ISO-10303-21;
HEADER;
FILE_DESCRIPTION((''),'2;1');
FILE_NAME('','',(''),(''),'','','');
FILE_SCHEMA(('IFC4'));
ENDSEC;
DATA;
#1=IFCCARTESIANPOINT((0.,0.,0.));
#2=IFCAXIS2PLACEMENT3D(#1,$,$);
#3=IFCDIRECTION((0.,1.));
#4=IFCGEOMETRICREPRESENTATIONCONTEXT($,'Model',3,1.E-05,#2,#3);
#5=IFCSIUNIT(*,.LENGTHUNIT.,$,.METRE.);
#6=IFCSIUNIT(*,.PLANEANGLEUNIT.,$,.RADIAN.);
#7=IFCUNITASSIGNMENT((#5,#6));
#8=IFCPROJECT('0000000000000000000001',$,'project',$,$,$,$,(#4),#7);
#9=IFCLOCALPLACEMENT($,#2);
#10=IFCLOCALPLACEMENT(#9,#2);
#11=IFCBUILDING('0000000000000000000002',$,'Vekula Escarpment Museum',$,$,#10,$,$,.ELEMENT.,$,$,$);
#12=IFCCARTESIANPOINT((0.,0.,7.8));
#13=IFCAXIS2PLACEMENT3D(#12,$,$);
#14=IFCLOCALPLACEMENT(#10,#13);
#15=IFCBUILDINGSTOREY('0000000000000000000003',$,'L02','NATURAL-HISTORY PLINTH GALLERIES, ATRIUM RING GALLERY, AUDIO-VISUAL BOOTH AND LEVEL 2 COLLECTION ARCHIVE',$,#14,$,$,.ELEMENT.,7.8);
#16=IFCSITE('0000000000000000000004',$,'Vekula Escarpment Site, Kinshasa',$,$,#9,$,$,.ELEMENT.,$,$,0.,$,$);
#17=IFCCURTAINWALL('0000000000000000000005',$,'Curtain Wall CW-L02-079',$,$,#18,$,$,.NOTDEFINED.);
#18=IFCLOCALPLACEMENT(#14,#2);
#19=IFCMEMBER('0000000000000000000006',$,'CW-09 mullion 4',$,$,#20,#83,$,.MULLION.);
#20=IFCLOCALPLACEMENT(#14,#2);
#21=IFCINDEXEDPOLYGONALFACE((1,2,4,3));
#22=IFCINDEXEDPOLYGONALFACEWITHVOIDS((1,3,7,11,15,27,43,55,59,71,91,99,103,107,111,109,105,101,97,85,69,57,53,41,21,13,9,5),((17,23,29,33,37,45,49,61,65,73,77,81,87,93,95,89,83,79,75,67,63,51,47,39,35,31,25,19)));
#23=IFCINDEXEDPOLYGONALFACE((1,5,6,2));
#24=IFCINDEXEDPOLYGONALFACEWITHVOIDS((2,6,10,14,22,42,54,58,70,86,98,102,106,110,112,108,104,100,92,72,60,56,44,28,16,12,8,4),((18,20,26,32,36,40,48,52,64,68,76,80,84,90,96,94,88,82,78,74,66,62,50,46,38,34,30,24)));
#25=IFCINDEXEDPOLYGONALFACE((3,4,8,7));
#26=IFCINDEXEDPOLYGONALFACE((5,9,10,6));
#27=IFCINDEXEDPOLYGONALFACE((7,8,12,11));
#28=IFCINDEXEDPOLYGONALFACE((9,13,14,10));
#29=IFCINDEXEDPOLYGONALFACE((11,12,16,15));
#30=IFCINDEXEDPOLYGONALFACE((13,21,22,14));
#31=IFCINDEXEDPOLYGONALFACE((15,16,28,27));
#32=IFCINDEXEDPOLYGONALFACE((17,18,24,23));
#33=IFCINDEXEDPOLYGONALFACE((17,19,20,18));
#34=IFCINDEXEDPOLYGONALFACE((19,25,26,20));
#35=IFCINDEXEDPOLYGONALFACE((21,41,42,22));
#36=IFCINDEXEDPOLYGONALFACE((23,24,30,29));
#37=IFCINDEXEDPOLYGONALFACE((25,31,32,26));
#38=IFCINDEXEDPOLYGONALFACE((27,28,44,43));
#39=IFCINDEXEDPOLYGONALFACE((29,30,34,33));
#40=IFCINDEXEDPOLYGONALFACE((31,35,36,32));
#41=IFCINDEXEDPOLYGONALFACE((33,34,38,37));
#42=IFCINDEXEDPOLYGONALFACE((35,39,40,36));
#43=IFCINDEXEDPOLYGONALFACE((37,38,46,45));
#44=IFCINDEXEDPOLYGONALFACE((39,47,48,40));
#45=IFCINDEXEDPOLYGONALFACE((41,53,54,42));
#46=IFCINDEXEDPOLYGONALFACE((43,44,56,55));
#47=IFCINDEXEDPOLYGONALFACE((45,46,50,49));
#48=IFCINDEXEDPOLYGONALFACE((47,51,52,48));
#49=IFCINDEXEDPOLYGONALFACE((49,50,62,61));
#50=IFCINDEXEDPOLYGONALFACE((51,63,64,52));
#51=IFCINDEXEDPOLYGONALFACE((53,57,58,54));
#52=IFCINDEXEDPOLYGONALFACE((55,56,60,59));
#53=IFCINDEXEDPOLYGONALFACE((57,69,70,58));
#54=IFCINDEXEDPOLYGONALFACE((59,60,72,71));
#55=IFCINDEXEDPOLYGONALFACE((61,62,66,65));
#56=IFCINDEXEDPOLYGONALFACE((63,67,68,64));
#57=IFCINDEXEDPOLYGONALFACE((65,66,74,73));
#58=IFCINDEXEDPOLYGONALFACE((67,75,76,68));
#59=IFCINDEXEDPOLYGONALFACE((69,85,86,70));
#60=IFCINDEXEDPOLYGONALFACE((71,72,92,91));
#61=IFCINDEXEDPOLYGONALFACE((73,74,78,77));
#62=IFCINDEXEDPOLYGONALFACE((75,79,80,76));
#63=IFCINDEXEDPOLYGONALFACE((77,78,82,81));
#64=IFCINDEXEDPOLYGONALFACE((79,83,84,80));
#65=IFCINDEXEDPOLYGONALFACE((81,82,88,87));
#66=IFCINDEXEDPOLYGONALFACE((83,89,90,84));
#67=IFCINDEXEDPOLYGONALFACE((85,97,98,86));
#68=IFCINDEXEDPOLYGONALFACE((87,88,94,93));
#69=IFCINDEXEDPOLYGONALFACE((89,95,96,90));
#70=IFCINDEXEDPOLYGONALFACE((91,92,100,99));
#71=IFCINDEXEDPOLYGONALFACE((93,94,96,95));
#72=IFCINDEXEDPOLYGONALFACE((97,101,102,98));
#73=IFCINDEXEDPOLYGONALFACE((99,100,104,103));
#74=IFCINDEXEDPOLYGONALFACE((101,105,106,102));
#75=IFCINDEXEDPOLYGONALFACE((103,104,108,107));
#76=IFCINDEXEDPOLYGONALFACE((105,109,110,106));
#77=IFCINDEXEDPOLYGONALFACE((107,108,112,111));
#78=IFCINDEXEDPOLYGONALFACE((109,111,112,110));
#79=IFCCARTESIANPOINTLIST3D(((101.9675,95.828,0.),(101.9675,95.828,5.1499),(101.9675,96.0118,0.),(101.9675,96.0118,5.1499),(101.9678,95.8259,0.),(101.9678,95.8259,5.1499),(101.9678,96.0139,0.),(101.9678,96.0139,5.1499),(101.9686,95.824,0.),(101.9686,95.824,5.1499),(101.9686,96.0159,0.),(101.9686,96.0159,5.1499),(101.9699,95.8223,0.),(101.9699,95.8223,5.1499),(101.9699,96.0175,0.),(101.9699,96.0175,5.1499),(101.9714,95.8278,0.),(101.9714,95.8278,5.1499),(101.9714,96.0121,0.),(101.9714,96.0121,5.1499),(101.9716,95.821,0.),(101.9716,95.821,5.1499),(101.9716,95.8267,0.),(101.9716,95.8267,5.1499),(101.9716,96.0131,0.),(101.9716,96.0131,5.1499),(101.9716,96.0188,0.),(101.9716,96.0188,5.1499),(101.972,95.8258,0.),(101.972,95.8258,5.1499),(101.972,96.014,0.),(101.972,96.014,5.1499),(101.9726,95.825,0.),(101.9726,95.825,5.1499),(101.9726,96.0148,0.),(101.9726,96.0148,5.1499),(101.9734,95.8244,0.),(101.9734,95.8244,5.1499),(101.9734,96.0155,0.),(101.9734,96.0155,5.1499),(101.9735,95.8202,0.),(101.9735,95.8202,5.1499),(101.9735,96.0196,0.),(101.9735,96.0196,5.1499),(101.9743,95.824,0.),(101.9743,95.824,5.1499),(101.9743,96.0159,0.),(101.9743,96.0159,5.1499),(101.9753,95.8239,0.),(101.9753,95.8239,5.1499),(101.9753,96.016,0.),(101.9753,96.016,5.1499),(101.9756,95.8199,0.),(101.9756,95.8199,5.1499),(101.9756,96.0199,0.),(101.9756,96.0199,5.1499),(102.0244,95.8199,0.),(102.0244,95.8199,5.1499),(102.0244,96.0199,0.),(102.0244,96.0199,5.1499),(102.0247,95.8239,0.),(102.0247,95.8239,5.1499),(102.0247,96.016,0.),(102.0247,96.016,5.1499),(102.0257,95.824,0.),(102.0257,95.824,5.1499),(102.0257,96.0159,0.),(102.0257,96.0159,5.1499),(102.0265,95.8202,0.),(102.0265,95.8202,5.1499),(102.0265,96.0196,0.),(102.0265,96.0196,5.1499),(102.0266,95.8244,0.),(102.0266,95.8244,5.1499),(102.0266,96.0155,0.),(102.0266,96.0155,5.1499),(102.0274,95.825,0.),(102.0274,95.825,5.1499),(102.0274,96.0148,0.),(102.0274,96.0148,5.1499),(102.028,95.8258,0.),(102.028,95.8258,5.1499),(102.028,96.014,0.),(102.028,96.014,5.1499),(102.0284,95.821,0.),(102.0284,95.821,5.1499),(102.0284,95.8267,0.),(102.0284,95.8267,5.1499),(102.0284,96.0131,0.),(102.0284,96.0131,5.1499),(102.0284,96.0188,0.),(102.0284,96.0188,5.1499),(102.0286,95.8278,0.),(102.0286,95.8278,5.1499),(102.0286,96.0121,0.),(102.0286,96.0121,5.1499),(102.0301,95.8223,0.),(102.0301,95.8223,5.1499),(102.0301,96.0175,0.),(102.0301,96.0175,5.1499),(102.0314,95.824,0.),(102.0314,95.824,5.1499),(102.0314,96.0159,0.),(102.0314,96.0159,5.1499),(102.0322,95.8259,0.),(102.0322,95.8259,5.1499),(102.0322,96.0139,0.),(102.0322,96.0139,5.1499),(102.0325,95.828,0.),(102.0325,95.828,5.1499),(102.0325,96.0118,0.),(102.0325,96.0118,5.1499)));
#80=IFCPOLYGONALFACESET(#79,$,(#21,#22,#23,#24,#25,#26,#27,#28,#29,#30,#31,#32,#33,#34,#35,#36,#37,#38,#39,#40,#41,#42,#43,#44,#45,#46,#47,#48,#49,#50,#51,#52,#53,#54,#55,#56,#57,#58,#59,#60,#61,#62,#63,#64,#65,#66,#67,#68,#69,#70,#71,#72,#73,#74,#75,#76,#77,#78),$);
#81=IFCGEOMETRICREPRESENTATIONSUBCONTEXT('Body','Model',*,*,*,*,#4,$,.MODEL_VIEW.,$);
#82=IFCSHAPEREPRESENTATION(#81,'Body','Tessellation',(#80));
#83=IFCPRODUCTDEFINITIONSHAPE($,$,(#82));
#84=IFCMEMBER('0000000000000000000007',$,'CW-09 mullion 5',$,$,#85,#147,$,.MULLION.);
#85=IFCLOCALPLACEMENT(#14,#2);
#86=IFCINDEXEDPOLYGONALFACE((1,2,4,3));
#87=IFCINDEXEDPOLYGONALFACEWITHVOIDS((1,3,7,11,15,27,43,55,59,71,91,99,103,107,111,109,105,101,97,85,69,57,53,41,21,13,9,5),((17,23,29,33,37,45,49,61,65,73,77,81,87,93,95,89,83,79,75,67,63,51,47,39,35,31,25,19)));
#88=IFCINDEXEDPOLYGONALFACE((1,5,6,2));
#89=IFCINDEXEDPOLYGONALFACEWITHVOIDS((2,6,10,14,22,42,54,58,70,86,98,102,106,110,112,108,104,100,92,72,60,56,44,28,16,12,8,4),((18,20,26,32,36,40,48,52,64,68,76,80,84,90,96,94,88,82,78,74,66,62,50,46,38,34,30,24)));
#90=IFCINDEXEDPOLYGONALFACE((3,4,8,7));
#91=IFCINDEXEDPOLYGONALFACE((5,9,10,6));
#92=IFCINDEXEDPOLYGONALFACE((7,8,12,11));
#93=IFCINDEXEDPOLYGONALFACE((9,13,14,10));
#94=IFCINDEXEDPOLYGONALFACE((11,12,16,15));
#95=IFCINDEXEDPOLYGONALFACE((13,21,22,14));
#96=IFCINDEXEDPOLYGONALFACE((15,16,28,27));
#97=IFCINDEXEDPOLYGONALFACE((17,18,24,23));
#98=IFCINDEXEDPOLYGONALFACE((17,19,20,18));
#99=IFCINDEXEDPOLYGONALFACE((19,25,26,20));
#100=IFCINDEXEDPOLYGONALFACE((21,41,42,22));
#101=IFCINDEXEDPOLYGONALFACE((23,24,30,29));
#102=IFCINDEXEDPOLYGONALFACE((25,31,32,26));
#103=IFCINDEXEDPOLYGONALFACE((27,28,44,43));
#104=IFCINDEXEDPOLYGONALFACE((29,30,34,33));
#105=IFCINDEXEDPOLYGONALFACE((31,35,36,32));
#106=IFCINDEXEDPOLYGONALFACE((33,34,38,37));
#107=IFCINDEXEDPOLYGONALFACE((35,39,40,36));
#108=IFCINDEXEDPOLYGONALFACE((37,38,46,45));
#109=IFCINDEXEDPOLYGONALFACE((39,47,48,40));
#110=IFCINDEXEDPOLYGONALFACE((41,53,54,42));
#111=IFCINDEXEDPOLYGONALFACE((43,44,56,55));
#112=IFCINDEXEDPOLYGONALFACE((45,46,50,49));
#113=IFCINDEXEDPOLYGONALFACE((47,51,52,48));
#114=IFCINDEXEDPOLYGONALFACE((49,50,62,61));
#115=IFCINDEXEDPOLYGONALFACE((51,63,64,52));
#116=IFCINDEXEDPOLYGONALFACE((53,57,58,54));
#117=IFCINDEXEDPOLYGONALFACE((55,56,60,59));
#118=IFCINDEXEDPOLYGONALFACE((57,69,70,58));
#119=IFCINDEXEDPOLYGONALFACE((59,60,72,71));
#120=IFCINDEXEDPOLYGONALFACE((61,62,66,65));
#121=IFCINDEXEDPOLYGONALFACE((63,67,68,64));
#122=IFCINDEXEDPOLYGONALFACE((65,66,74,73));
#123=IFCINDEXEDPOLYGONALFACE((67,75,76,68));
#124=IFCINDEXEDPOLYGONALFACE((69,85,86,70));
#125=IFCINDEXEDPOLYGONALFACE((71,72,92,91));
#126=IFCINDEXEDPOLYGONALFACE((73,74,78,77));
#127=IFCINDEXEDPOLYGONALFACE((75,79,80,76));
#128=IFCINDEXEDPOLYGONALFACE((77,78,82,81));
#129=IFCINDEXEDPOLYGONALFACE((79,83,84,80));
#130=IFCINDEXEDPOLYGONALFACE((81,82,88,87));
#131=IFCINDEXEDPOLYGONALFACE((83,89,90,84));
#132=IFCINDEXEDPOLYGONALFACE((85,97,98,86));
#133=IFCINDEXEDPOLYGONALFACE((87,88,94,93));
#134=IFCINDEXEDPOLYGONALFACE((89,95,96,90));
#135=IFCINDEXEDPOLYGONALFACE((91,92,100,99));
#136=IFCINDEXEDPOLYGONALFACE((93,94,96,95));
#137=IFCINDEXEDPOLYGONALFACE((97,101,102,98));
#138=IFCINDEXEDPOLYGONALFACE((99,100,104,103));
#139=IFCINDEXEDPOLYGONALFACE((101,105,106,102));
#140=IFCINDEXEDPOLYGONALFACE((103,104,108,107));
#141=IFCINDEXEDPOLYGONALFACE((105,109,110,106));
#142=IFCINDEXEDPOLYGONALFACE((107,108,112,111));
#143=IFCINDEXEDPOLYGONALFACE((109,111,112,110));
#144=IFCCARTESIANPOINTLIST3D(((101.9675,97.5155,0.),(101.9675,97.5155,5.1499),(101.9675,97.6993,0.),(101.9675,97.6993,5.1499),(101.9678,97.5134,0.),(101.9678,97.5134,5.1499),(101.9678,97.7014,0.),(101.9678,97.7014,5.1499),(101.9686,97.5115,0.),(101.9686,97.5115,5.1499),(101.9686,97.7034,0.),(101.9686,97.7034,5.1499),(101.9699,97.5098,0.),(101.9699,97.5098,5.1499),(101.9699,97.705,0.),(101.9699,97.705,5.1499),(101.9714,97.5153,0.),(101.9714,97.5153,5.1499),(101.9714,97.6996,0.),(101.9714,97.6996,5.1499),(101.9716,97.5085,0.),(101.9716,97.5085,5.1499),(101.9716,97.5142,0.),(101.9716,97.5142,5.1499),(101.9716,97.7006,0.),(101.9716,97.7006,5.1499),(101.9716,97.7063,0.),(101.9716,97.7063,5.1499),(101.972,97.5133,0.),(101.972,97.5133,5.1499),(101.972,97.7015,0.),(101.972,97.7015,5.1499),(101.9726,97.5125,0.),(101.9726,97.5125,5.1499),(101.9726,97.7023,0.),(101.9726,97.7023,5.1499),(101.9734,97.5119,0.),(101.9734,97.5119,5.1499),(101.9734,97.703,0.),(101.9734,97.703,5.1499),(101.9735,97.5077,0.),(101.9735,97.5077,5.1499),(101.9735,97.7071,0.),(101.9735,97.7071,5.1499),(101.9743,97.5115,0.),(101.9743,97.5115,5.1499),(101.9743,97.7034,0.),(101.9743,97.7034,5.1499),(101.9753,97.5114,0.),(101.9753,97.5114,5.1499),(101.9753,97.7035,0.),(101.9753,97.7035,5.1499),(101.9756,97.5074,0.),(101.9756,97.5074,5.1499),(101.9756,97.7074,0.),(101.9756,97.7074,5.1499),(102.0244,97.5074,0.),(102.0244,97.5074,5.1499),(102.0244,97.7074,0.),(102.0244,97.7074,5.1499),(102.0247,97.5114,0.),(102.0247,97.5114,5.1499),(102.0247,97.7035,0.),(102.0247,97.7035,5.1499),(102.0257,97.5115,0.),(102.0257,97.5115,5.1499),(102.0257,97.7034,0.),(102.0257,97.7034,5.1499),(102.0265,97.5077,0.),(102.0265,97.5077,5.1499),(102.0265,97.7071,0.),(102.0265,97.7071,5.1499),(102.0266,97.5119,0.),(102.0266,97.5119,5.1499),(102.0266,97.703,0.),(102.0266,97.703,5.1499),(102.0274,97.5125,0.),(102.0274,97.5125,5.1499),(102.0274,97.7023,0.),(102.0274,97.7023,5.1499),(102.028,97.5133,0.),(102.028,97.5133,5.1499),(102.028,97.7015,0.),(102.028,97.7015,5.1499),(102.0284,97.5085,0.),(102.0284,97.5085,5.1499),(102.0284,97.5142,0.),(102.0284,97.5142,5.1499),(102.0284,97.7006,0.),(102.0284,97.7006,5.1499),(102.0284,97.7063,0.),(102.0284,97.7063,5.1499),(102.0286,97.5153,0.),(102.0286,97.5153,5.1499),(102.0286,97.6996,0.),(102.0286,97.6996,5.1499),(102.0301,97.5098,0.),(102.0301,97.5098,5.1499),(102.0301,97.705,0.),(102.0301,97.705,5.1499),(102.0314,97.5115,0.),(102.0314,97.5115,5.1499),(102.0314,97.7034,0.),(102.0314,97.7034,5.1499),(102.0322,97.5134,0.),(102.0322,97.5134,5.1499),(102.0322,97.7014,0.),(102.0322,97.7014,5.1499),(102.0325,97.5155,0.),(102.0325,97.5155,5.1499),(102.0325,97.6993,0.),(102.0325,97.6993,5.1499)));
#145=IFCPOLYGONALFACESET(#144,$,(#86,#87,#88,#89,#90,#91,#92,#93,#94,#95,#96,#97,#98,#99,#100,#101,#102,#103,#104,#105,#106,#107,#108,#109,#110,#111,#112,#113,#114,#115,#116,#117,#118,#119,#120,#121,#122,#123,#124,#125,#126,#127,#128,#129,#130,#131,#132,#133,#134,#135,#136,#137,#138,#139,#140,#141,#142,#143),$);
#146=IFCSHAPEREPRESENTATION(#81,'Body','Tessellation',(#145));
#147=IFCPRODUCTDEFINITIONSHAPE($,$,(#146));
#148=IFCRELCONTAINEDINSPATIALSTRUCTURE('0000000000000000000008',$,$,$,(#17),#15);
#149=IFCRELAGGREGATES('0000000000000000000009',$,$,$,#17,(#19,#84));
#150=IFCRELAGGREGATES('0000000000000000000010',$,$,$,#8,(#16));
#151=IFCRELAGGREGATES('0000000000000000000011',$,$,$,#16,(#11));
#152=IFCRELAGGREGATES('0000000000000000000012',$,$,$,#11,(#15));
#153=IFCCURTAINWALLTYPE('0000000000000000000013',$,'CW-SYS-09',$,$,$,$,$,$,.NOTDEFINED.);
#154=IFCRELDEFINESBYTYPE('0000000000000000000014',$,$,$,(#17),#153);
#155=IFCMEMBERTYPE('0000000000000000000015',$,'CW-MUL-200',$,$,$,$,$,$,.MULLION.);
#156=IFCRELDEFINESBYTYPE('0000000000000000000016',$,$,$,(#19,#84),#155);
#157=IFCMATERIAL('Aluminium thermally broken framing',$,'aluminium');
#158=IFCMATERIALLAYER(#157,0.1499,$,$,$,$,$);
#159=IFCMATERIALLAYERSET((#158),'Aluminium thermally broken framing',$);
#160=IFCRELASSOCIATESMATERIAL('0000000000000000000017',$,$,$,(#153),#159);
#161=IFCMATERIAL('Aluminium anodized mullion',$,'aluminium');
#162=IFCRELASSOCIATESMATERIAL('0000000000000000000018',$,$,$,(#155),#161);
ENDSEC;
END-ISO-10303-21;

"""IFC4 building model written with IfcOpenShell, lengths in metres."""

from ifc_helpers import new_model, si_unit, direction, frame, origin, origin_2d, place, context, subcontext, project, spatial, hollow_rectangle, extrude, material, layer, layer_set, material_profile, profile_set, type_object, element, aggregate, save


model = new_model("IFC4")

# Units and contexts
model_context = context("Model", 3, precision=1e-05, world=origin(), true_north=direction((0.0, 1.0)))
body_context = subcontext(model_context, "Body", "Model", "MODEL_VIEW")
ifc_project = project(units=[si_unit("LENGTHUNIT", "METRE"), si_unit("PLANEANGLEUNIT", "RADIAN")], contexts=[model_context])

# Site, building, storey
site_placement = place(None, origin())
site = spatial("IfcSite", under=ifc_project, at=site_placement, Name="Vekula Escarpment Site, Kinshasa", CompositionType="ELEMENT", RefElevation=0.0)
building_placement = place(site_placement, origin())
building = spatial("IfcBuilding", under=site, at=building_placement, Name="Vekula Escarpment Museum", CompositionType="ELEMENT")
storey_placement = place(building_placement, frame((0.0, 0.0, 7.8)))
storey = spatial("IfcBuildingStorey", under=building, at=storey_placement, Name="L02", Description="NATURAL-HISTORY PLINTH GALLERIES, ATRIUM RING GALLERY, AUDIO-VISUAL BOOTH AND LEVEL 2 COLLECTION ARCHIVE", CompositionType="ELEMENT", Elevation=7.8)

# Curtain wall, members
ifc_material_1 = material(Name="Aluminium thermally broken framing", Category="aluminium")
ifc_layer_1 = layer(ifc_material_1, 0.1499)
ifc_layer_set_1 = layer_set([ifc_layer_1], Name="Aluminium thermally broken framing")
curtain_wall_type_1 = type_object("IfcCurtainWallType", Name="CW-SYS-09", PredefinedType="NOTDEFINED", material=ifc_layer_set_1)
curtain_wall_1_placement = place(storey_placement, origin())
curtain_wall_1 = element("IfcCurtainWall", 1, at=curtain_wall_1_placement, inside=storey, type_object=curtain_wall_type_1, Name="Curtain Wall CW-L02-079", PredefinedType="NOTDEFINED")
ifc_material_2 = material(Name="Aluminium anodized mullion", Category="aluminium")
ifc_material_profile_1 = material_profile(ifc_material_2, hollow_rectangle(XDim=0.0649, YDim=0.2, WallThickness=0.0039, InnerFilletRadius=0.0039, OuterFilletRadius=0.0081, at=origin_2d()), Name="ALU 200x65x4")
ifc_profile_set_1 = profile_set([ifc_material_profile_1], Name="Aluminium anodized mullion")
member_type_1 = type_object("IfcMemberType", Name="CW-MUL-200", PredefinedType="MULLION", material=ifc_profile_set_1)
member_1_placement = place(storey_placement, frame((102.0, 95.9199, 0.0), z_axis=(0.0, 0.0, 1.0), x_axis=(-1.0, 0.0, 0.0)))
member_1 = element("IfcMember", 2, at=member_1_placement, type_object=member_type_1, Name="CW-09 mullion 4", PredefinedType="MULLION", context=body_context, shape_type="SweptSolid", body=[
    extrude(hollow_rectangle(XDim=0.0649, YDim=0.2, WallThickness=0.0039, InnerFilletRadius=0.0039, OuterFilletRadius=0.0081, at=origin_2d()), origin(), (0.0, 0.0, 1.0), 5.1499),
])
member_2_placement = place(storey_placement, frame((102.0, 97.6074, 0.0), z_axis=(0.0, 0.0, 1.0), x_axis=(-1.0, 0.0, 0.0)))
member_2 = element("IfcMember", 3, at=member_2_placement, type_object=member_type_1, Name="CW-09 mullion 5", PredefinedType="MULLION", context=body_context, shape_type="SweptSolid", body=[
    extrude(hollow_rectangle(XDim=0.0649, YDim=0.2, WallThickness=0.0039, InnerFilletRadius=0.0039, OuterFilletRadius=0.0081, at=origin_2d()), origin(), (0.0, 0.0, 1.0), 5.1499),
])

aggregate(curtain_wall_1, [member_1, member_2])

save(model, "model.ifc")
